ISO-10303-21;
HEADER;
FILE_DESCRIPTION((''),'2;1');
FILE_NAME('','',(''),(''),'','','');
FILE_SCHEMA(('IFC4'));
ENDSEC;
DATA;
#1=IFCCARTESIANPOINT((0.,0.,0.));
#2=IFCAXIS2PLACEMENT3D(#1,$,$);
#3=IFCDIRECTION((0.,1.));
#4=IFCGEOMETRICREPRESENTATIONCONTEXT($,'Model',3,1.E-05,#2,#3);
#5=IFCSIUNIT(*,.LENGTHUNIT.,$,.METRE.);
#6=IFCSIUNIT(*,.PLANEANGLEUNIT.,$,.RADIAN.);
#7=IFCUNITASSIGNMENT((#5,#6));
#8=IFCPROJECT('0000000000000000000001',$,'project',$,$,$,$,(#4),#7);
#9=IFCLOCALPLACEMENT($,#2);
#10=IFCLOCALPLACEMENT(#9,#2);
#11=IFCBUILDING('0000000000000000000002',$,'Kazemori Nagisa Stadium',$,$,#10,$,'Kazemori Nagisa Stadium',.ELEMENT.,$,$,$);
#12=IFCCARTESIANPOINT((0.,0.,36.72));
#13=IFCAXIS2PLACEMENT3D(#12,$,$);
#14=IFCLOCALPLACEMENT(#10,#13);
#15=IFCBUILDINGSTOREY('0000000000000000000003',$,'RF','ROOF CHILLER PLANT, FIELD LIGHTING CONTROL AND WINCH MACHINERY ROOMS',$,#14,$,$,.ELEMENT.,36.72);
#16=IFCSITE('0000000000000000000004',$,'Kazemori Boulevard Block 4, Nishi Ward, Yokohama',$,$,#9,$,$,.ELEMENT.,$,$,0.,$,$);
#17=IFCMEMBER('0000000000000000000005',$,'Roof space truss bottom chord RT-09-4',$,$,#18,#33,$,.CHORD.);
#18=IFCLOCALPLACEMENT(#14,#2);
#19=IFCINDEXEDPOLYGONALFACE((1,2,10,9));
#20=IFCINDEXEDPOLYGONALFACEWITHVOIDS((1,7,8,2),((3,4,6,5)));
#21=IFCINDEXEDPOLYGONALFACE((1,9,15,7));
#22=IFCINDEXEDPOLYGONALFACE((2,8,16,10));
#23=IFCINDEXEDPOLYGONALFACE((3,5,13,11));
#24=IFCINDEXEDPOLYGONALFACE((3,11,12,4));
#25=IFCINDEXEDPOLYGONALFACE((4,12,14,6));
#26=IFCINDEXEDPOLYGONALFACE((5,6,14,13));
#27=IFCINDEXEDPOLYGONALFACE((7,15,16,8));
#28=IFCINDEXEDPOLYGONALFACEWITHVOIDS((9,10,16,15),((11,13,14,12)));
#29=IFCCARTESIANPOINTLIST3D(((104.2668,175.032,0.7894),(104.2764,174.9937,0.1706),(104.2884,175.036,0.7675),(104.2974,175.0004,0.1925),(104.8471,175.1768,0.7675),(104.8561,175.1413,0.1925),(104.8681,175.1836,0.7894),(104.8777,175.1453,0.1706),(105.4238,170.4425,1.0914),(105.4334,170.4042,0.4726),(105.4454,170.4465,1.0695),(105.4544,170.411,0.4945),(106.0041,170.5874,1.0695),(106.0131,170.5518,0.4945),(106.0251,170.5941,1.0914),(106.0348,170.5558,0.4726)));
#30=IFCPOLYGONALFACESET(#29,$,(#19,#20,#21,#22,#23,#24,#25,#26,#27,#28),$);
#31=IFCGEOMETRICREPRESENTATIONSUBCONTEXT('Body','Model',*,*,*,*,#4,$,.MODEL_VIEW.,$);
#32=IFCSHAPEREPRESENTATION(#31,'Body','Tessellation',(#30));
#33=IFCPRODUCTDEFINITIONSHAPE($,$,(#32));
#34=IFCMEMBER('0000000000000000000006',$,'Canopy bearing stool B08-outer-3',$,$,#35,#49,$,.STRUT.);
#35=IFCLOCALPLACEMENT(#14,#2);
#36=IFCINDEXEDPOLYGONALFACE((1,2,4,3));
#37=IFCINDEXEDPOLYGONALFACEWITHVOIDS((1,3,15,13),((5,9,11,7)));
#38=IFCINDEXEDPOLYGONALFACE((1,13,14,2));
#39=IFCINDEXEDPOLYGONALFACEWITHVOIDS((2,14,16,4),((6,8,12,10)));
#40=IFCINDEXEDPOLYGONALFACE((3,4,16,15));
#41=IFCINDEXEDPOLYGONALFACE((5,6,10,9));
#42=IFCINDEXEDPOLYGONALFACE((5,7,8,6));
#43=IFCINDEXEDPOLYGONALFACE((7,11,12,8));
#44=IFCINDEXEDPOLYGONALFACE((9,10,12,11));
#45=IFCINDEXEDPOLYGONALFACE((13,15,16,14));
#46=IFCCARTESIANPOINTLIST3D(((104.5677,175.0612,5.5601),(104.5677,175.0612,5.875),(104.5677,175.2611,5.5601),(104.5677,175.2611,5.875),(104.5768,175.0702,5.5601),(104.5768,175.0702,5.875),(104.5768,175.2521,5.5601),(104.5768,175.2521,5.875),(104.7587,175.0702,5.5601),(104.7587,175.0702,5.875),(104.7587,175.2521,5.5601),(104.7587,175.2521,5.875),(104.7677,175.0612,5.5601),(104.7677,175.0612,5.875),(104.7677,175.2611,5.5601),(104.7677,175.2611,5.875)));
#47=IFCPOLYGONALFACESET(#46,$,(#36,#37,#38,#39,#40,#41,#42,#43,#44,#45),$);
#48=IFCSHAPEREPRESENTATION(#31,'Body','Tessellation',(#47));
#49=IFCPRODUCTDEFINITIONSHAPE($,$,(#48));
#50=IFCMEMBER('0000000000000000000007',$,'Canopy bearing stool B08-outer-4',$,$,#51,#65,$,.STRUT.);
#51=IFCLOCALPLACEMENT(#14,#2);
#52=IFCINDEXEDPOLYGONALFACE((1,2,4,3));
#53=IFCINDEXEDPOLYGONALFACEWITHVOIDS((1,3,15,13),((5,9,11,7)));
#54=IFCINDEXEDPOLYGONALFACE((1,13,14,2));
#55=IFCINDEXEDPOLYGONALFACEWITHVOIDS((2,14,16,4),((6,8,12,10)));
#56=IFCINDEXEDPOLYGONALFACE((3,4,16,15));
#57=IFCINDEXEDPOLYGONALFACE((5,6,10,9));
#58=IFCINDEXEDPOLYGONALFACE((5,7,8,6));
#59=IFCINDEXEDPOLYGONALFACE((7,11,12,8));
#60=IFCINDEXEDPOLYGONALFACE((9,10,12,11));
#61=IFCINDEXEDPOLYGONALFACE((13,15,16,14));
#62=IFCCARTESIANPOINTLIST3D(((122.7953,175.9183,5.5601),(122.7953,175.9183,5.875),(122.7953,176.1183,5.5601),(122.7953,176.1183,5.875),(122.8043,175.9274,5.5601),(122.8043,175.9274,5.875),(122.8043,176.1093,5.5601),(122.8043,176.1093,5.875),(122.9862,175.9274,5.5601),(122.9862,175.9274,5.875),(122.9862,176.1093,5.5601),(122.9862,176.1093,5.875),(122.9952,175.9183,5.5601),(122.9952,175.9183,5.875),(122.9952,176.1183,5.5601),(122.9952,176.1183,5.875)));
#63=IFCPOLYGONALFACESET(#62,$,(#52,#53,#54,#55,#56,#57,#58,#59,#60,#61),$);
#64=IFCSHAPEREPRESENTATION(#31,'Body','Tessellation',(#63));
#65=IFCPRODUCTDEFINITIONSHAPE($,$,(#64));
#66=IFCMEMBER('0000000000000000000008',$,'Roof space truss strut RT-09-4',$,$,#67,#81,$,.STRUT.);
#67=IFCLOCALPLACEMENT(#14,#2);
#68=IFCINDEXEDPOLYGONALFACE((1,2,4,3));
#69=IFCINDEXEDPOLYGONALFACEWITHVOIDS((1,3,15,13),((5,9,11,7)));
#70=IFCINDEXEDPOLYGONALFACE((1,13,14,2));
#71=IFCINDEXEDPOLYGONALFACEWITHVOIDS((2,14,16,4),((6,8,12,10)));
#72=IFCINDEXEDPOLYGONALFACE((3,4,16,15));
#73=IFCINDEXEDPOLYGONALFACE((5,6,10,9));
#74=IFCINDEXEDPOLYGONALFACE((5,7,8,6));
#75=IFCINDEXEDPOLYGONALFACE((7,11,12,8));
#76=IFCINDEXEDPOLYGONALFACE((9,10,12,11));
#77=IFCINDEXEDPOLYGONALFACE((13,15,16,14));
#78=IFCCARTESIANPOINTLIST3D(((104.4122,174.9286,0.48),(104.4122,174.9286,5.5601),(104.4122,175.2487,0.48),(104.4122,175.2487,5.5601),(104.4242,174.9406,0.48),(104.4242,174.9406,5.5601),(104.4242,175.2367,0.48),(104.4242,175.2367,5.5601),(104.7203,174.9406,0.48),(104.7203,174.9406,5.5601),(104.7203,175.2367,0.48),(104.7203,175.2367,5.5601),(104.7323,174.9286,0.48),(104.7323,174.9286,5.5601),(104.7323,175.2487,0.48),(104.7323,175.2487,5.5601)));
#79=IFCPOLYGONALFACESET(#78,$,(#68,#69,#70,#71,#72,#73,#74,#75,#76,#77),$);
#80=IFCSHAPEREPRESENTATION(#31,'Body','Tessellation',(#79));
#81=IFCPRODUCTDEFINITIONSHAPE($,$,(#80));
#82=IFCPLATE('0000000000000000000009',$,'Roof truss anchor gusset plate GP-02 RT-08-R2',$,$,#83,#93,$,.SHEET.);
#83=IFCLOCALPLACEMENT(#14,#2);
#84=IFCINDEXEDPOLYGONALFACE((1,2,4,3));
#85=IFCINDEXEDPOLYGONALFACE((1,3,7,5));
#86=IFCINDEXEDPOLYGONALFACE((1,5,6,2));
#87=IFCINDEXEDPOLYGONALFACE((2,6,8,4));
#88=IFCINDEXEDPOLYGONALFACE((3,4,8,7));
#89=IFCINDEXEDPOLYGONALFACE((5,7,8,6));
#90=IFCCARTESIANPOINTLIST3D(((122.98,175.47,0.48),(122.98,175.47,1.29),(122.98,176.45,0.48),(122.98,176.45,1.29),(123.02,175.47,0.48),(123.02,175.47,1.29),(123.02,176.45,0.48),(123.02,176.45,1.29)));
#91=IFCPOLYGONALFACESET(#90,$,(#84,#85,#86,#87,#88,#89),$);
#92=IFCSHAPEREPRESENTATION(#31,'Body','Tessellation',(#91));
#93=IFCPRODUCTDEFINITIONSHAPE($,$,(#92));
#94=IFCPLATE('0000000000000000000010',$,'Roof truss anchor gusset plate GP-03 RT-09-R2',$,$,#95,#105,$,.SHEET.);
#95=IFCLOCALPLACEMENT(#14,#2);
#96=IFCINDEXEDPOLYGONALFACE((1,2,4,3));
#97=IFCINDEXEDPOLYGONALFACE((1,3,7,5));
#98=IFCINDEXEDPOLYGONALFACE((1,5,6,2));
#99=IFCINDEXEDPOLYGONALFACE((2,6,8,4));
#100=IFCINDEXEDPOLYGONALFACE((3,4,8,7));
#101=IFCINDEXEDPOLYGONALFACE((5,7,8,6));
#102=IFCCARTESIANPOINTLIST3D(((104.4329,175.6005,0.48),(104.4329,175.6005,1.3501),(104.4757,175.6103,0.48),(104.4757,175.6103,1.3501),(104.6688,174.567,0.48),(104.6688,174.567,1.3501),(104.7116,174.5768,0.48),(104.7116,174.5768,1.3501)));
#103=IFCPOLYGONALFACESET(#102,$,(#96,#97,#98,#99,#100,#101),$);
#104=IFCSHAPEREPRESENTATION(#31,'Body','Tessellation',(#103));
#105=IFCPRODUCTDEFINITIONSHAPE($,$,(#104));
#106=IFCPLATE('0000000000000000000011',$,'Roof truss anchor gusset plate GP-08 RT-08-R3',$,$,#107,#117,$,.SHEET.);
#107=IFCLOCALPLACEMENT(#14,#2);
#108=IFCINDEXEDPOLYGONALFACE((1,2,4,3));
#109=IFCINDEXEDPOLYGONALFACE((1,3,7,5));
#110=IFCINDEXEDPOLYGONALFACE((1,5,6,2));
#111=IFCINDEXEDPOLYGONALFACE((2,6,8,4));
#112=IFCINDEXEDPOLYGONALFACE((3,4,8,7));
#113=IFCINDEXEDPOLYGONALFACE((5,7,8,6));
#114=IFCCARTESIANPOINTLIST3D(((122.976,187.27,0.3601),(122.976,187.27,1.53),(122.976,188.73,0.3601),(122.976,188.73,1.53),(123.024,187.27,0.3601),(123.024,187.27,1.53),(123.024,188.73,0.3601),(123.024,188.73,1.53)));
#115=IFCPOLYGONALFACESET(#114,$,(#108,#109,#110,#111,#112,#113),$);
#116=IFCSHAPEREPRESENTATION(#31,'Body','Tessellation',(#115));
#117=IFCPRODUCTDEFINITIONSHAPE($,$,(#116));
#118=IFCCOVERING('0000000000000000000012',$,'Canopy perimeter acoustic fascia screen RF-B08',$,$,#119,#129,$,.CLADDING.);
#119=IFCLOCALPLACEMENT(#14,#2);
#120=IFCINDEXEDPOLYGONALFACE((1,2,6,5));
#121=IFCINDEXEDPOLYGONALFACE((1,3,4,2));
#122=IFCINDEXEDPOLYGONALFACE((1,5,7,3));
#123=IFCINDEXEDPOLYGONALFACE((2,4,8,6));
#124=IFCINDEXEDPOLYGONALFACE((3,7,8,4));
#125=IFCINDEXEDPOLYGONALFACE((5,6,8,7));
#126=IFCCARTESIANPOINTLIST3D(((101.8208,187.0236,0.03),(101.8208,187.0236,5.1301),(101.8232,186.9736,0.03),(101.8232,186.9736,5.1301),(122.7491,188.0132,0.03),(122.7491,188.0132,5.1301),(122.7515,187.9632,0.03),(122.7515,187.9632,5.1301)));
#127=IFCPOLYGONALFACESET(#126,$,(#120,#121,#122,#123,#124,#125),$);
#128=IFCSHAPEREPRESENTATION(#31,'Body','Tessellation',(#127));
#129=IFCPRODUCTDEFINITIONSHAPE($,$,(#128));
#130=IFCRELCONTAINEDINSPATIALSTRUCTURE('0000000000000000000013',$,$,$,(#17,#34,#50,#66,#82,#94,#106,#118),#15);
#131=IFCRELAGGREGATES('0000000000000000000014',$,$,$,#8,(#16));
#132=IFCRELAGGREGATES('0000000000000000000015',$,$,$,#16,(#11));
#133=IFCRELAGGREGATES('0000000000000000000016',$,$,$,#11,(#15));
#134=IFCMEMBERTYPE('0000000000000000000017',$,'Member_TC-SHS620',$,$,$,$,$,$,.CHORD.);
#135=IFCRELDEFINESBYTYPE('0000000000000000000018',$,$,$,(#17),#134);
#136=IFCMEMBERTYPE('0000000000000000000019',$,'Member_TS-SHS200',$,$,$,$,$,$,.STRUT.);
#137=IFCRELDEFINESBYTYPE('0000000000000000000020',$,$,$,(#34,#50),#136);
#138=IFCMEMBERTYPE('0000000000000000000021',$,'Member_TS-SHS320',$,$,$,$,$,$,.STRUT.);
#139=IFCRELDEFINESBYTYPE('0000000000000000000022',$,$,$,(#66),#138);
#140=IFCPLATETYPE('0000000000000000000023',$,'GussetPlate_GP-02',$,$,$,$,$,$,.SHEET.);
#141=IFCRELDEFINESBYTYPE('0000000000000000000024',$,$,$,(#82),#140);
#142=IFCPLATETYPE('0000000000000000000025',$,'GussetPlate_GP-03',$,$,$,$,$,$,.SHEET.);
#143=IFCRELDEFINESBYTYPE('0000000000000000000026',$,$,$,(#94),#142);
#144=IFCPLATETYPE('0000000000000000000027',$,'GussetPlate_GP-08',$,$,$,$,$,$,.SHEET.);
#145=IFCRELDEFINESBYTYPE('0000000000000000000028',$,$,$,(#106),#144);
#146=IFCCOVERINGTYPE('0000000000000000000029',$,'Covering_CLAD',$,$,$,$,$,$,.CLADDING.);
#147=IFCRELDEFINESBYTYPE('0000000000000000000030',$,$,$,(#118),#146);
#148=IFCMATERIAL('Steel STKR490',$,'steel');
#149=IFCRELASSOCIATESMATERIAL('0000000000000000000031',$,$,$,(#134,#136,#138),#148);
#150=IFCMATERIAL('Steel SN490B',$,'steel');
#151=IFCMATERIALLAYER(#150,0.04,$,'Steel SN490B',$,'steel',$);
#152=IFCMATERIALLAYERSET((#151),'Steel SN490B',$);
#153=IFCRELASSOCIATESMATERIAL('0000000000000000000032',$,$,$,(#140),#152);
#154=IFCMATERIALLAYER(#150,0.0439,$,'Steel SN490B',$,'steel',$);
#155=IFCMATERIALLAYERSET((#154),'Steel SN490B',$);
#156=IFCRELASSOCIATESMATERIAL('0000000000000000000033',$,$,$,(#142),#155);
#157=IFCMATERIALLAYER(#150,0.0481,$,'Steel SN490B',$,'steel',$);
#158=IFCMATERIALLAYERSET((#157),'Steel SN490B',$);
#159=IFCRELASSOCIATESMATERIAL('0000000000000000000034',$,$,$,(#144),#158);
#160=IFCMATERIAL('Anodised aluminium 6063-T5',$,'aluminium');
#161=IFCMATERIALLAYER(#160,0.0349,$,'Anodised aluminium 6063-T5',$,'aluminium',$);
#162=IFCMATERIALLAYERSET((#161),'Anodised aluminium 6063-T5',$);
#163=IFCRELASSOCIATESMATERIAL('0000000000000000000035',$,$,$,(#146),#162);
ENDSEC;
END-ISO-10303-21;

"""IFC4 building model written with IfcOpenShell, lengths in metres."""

from ifc_helpers import new_model, si_unit, direction, frame, origin, origin_2d, place, context, subcontext, project, spatial, rectangle, hollow_rectangle, extrude, material, layer, layer_set, material_profile, profile_set, type_object, element, save


model = new_model("IFC4")

# Units and contexts
model_context = context("Model", 3, precision=1e-05, world=origin(), true_north=direction((0.0, 1.0)))
body_context = subcontext(model_context, "Body", "Model", "MODEL_VIEW")
ifc_project = project(units=[si_unit("LENGTHUNIT", "METRE"), si_unit("PLANEANGLEUNIT", "RADIAN")], contexts=[model_context])

# Site, building, storey
site_placement = place(None, origin())
site = spatial("IfcSite", under=ifc_project, at=site_placement, Name="Kazemori Boulevard Block 4, Nishi Ward, Yokohama", CompositionType="ELEMENT", RefElevation=0.0)
building_placement = place(site_placement, origin())
building = spatial("IfcBuilding", under=site, at=building_placement, Name="Kazemori Nagisa Stadium", LongName="Kazemori Nagisa Stadium", CompositionType="ELEMENT")
storey_placement = place(building_placement, frame((0.0, 0.0, 36.72)))
storey = spatial("IfcBuildingStorey", under=building, at=storey_placement, Name="RF", Description="ROOF CHILLER PLANT, FIELD LIGHTING CONTROL AND WINCH MACHINERY ROOMS", CompositionType="ELEMENT", Elevation=36.72)

# Shared definitions
ifc_material_1 = material(Name="Steel SN490B", Category="steel")

# Members
ifc_material_2 = material(Name="Steel STKR490", Category="steel")
ifc_material_profile_1 = material_profile(ifc_material_2, hollow_rectangle(XDim=0.6201, YDim=0.6201, WallThickness=0.022, at=origin_2d()), Name="SHS-620x620x22")
ifc_profile_set_1 = profile_set([ifc_material_profile_1], Name="Steel STKR490")
member_type_1 = type_object("IfcMemberType", Name="Member_TC-SHS620", PredefinedType="CHORD", material=ifc_profile_set_1)
member_1_placement = place(storey_placement, frame((104.5723, 175.0886, 0.48), z_axis=(0.243957, -0.967693, 0.063679), x_axis=(0.969661, 0.244453, 0.0)))
element("IfcMember", 1, at=member_1_placement, inside=storey, type_object=member_type_1, Name="Roof space truss bottom chord RT-09-4", PredefinedType="CHORD", context=body_context, shape_type="SweptSolid", body=[
    extrude(hollow_rectangle(XDim=0.6201, YDim=0.6201, WallThickness=0.022, at=origin_2d()), origin(), (0.0, 0.0, 1.0), 4.7427),
])
ifc_material_profile_2 = material_profile(ifc_material_2, hollow_rectangle(XDim=0.2, YDim=0.2, WallThickness=0.009, at=origin_2d()), Name="SHS-200x200x9")
ifc_profile_set_2 = profile_set([ifc_material_profile_2], Name="Steel STKR490")
member_type_2 = type_object("IfcMemberType", Name="Member_TS-SHS200", PredefinedType="STRUT", material=ifc_profile_set_2)
for number, where, z_axis, x_axis, name in (
    (2, (104.6677, 175.1611, 5.5601), (0.0, 0.0, 1.0), (1.0, 0.0, 0.0), "Canopy bearing stool B08-outer-3"),
    (3, (122.8953, 176.0183, 5.5601), (0.0, 0.0, 1.0), (1.0, 0.0, 0.0), "Canopy bearing stool B08-outer-4"),
):
    element("IfcMember", number, at=place(storey_placement, frame(where, z_axis=z_axis, x_axis=x_axis)), inside=storey, type_object=member_type_2, Name=name, PredefinedType="STRUT", context=body_context, shape_type="SweptSolid", body=[
        extrude(hollow_rectangle(XDim=0.2, YDim=0.2, WallThickness=0.009, at=origin_2d()), origin(), (0.0, 0.0, 1.0), 0.3149),
    ])
ifc_material_profile_3 = material_profile(ifc_material_2, hollow_rectangle(XDim=0.3201, YDim=0.3201, WallThickness=0.012, at=origin_2d()), Name="SHS-320x320x12")
ifc_profile_set_3 = profile_set([ifc_material_profile_3], Name="Steel STKR490")
member_type_3 = type_object("IfcMemberType", Name="Member_TS-SHS320", PredefinedType="STRUT", material=ifc_profile_set_3)
member_2_placement = place(storey_placement, frame((104.5723, 175.0886, 0.48), z_axis=(0.0, 0.0, 1.0), x_axis=(1.0, 0.0, 0.0)))
element("IfcMember", 4, at=member_2_placement, inside=storey, type_object=member_type_3, Name="Roof space truss strut RT-09-4", PredefinedType="STRUT", context=body_context, shape_type="SweptSolid", body=[
    extrude(hollow_rectangle(XDim=0.3201, YDim=0.3201, WallThickness=0.012, at=origin_2d()), origin(), (0.0, 0.0, 1.0), 5.0801),
])

# Plates
ifc_layer_1 = layer(ifc_material_1, 0.04, Name="Steel SN490B", Category="steel")
ifc_layer_set_1 = layer_set([ifc_layer_1], Name="Steel SN490B")
plate_type_1 = type_object("IfcPlateType", Name="GussetPlate_GP-02", PredefinedType="SHEET", material=ifc_layer_set_1)
plate_1_placement = place(storey_placement, frame((123.0, 175.96, 0.48), z_axis=(0.0, 0.0, 1.0), x_axis=(0.0, 1.0, 0.0)))
element("IfcPlate", 5, at=plate_1_placement, inside=storey, type_object=plate_type_1, Name="Roof truss anchor gusset plate GP-02 RT-08-R2", PredefinedType="SHEET", context=body_context, shape_type="SweptSolid", body=[
    extrude(rectangle(XDim=0.98, YDim=0.04, at=origin_2d()), origin(), (0.0, 0.0, 1.0), 0.8101),
])
ifc_layer_2 = layer(ifc_material_1, 0.0439, Name="Steel SN490B", Category="steel")
ifc_layer_set_2 = layer_set([ifc_layer_2], Name="Steel SN490B")
plate_type_2 = type_object("IfcPlateType", Name="GussetPlate_GP-03", PredefinedType="SHEET", material=ifc_layer_set_2)
plate_2_placement = place(storey_placement, frame((104.5723, 175.0886, 0.48), z_axis=(0.0, 0.0, 1.0), x_axis=(-0.222521, 0.974928, 0.0)))
element("IfcPlate", 6, at=plate_2_placement, inside=storey, type_object=plate_type_2, Name="Roof truss anchor gusset plate GP-03 RT-09-R2", PredefinedType="SHEET", context=body_context, shape_type="SweptSolid", body=[
    extrude(rectangle(XDim=1.0601, YDim=0.0439, at=origin_2d()), origin(), (0.0, 0.0, 1.0), 0.8701),
])
ifc_layer_3 = layer(ifc_material_1, 0.0481, Name="Steel SN490B", Category="steel")
ifc_layer_set_3 = layer_set([ifc_layer_3], Name="Steel SN490B")
plate_type_3 = type_object("IfcPlateType", Name="GussetPlate_GP-08", PredefinedType="SHEET", material=ifc_layer_set_3)
plate_3_placement = place(storey_placement, frame((123.0, 188.0, 0.3601), z_axis=(0.0, 0.0, 1.0), x_axis=(0.0, 1.0, 0.0)))
element("IfcPlate", 7, at=plate_3_placement, inside=storey, type_object=plate_type_3, Name="Roof truss anchor gusset plate GP-08 RT-08-R3", PredefinedType="SHEET", context=body_context, shape_type="SweptSolid", body=[
    extrude(rectangle(XDim=1.46, YDim=0.0481, at=origin_2d()), origin(), (0.0, 0.0, 1.0), 1.1699),
])

# Covering
ifc_material_3 = material(Name="Anodised aluminium 6063-T5", Category="aluminium")
ifc_layer_4 = layer(ifc_material_3, 0.0349, Name="Anodised aluminium 6063-T5", Category="aluminium")
ifc_layer_set_4 = layer_set([ifc_layer_4], Name="Anodised aluminium 6063-T5")
covering_type = type_object("IfcCoveringType", Name="Covering_CLAD", PredefinedType="CLADDING", material=ifc_layer_set_4)
covering_placement = place(storey_placement, frame((112.2861, 187.4934, 0.03), z_axis=(0.0, 0.0, 1.0), x_axis=(-0.998884, -0.04723, 0.0)))
element("IfcCovering", 8, at=covering_placement, inside=storey, type_object=covering_type, Name="Canopy perimeter acoustic fascia screen RF-B08", PredefinedType="CLADDING", context=body_context, shape_type="SweptSolid", body=[
    extrude(rectangle(XDim=20.9517, YDim=0.05, at=origin_2d()), origin(), (0.0, 0.0, 1.0), 5.1001),
])

save(model, "model.ifc")
